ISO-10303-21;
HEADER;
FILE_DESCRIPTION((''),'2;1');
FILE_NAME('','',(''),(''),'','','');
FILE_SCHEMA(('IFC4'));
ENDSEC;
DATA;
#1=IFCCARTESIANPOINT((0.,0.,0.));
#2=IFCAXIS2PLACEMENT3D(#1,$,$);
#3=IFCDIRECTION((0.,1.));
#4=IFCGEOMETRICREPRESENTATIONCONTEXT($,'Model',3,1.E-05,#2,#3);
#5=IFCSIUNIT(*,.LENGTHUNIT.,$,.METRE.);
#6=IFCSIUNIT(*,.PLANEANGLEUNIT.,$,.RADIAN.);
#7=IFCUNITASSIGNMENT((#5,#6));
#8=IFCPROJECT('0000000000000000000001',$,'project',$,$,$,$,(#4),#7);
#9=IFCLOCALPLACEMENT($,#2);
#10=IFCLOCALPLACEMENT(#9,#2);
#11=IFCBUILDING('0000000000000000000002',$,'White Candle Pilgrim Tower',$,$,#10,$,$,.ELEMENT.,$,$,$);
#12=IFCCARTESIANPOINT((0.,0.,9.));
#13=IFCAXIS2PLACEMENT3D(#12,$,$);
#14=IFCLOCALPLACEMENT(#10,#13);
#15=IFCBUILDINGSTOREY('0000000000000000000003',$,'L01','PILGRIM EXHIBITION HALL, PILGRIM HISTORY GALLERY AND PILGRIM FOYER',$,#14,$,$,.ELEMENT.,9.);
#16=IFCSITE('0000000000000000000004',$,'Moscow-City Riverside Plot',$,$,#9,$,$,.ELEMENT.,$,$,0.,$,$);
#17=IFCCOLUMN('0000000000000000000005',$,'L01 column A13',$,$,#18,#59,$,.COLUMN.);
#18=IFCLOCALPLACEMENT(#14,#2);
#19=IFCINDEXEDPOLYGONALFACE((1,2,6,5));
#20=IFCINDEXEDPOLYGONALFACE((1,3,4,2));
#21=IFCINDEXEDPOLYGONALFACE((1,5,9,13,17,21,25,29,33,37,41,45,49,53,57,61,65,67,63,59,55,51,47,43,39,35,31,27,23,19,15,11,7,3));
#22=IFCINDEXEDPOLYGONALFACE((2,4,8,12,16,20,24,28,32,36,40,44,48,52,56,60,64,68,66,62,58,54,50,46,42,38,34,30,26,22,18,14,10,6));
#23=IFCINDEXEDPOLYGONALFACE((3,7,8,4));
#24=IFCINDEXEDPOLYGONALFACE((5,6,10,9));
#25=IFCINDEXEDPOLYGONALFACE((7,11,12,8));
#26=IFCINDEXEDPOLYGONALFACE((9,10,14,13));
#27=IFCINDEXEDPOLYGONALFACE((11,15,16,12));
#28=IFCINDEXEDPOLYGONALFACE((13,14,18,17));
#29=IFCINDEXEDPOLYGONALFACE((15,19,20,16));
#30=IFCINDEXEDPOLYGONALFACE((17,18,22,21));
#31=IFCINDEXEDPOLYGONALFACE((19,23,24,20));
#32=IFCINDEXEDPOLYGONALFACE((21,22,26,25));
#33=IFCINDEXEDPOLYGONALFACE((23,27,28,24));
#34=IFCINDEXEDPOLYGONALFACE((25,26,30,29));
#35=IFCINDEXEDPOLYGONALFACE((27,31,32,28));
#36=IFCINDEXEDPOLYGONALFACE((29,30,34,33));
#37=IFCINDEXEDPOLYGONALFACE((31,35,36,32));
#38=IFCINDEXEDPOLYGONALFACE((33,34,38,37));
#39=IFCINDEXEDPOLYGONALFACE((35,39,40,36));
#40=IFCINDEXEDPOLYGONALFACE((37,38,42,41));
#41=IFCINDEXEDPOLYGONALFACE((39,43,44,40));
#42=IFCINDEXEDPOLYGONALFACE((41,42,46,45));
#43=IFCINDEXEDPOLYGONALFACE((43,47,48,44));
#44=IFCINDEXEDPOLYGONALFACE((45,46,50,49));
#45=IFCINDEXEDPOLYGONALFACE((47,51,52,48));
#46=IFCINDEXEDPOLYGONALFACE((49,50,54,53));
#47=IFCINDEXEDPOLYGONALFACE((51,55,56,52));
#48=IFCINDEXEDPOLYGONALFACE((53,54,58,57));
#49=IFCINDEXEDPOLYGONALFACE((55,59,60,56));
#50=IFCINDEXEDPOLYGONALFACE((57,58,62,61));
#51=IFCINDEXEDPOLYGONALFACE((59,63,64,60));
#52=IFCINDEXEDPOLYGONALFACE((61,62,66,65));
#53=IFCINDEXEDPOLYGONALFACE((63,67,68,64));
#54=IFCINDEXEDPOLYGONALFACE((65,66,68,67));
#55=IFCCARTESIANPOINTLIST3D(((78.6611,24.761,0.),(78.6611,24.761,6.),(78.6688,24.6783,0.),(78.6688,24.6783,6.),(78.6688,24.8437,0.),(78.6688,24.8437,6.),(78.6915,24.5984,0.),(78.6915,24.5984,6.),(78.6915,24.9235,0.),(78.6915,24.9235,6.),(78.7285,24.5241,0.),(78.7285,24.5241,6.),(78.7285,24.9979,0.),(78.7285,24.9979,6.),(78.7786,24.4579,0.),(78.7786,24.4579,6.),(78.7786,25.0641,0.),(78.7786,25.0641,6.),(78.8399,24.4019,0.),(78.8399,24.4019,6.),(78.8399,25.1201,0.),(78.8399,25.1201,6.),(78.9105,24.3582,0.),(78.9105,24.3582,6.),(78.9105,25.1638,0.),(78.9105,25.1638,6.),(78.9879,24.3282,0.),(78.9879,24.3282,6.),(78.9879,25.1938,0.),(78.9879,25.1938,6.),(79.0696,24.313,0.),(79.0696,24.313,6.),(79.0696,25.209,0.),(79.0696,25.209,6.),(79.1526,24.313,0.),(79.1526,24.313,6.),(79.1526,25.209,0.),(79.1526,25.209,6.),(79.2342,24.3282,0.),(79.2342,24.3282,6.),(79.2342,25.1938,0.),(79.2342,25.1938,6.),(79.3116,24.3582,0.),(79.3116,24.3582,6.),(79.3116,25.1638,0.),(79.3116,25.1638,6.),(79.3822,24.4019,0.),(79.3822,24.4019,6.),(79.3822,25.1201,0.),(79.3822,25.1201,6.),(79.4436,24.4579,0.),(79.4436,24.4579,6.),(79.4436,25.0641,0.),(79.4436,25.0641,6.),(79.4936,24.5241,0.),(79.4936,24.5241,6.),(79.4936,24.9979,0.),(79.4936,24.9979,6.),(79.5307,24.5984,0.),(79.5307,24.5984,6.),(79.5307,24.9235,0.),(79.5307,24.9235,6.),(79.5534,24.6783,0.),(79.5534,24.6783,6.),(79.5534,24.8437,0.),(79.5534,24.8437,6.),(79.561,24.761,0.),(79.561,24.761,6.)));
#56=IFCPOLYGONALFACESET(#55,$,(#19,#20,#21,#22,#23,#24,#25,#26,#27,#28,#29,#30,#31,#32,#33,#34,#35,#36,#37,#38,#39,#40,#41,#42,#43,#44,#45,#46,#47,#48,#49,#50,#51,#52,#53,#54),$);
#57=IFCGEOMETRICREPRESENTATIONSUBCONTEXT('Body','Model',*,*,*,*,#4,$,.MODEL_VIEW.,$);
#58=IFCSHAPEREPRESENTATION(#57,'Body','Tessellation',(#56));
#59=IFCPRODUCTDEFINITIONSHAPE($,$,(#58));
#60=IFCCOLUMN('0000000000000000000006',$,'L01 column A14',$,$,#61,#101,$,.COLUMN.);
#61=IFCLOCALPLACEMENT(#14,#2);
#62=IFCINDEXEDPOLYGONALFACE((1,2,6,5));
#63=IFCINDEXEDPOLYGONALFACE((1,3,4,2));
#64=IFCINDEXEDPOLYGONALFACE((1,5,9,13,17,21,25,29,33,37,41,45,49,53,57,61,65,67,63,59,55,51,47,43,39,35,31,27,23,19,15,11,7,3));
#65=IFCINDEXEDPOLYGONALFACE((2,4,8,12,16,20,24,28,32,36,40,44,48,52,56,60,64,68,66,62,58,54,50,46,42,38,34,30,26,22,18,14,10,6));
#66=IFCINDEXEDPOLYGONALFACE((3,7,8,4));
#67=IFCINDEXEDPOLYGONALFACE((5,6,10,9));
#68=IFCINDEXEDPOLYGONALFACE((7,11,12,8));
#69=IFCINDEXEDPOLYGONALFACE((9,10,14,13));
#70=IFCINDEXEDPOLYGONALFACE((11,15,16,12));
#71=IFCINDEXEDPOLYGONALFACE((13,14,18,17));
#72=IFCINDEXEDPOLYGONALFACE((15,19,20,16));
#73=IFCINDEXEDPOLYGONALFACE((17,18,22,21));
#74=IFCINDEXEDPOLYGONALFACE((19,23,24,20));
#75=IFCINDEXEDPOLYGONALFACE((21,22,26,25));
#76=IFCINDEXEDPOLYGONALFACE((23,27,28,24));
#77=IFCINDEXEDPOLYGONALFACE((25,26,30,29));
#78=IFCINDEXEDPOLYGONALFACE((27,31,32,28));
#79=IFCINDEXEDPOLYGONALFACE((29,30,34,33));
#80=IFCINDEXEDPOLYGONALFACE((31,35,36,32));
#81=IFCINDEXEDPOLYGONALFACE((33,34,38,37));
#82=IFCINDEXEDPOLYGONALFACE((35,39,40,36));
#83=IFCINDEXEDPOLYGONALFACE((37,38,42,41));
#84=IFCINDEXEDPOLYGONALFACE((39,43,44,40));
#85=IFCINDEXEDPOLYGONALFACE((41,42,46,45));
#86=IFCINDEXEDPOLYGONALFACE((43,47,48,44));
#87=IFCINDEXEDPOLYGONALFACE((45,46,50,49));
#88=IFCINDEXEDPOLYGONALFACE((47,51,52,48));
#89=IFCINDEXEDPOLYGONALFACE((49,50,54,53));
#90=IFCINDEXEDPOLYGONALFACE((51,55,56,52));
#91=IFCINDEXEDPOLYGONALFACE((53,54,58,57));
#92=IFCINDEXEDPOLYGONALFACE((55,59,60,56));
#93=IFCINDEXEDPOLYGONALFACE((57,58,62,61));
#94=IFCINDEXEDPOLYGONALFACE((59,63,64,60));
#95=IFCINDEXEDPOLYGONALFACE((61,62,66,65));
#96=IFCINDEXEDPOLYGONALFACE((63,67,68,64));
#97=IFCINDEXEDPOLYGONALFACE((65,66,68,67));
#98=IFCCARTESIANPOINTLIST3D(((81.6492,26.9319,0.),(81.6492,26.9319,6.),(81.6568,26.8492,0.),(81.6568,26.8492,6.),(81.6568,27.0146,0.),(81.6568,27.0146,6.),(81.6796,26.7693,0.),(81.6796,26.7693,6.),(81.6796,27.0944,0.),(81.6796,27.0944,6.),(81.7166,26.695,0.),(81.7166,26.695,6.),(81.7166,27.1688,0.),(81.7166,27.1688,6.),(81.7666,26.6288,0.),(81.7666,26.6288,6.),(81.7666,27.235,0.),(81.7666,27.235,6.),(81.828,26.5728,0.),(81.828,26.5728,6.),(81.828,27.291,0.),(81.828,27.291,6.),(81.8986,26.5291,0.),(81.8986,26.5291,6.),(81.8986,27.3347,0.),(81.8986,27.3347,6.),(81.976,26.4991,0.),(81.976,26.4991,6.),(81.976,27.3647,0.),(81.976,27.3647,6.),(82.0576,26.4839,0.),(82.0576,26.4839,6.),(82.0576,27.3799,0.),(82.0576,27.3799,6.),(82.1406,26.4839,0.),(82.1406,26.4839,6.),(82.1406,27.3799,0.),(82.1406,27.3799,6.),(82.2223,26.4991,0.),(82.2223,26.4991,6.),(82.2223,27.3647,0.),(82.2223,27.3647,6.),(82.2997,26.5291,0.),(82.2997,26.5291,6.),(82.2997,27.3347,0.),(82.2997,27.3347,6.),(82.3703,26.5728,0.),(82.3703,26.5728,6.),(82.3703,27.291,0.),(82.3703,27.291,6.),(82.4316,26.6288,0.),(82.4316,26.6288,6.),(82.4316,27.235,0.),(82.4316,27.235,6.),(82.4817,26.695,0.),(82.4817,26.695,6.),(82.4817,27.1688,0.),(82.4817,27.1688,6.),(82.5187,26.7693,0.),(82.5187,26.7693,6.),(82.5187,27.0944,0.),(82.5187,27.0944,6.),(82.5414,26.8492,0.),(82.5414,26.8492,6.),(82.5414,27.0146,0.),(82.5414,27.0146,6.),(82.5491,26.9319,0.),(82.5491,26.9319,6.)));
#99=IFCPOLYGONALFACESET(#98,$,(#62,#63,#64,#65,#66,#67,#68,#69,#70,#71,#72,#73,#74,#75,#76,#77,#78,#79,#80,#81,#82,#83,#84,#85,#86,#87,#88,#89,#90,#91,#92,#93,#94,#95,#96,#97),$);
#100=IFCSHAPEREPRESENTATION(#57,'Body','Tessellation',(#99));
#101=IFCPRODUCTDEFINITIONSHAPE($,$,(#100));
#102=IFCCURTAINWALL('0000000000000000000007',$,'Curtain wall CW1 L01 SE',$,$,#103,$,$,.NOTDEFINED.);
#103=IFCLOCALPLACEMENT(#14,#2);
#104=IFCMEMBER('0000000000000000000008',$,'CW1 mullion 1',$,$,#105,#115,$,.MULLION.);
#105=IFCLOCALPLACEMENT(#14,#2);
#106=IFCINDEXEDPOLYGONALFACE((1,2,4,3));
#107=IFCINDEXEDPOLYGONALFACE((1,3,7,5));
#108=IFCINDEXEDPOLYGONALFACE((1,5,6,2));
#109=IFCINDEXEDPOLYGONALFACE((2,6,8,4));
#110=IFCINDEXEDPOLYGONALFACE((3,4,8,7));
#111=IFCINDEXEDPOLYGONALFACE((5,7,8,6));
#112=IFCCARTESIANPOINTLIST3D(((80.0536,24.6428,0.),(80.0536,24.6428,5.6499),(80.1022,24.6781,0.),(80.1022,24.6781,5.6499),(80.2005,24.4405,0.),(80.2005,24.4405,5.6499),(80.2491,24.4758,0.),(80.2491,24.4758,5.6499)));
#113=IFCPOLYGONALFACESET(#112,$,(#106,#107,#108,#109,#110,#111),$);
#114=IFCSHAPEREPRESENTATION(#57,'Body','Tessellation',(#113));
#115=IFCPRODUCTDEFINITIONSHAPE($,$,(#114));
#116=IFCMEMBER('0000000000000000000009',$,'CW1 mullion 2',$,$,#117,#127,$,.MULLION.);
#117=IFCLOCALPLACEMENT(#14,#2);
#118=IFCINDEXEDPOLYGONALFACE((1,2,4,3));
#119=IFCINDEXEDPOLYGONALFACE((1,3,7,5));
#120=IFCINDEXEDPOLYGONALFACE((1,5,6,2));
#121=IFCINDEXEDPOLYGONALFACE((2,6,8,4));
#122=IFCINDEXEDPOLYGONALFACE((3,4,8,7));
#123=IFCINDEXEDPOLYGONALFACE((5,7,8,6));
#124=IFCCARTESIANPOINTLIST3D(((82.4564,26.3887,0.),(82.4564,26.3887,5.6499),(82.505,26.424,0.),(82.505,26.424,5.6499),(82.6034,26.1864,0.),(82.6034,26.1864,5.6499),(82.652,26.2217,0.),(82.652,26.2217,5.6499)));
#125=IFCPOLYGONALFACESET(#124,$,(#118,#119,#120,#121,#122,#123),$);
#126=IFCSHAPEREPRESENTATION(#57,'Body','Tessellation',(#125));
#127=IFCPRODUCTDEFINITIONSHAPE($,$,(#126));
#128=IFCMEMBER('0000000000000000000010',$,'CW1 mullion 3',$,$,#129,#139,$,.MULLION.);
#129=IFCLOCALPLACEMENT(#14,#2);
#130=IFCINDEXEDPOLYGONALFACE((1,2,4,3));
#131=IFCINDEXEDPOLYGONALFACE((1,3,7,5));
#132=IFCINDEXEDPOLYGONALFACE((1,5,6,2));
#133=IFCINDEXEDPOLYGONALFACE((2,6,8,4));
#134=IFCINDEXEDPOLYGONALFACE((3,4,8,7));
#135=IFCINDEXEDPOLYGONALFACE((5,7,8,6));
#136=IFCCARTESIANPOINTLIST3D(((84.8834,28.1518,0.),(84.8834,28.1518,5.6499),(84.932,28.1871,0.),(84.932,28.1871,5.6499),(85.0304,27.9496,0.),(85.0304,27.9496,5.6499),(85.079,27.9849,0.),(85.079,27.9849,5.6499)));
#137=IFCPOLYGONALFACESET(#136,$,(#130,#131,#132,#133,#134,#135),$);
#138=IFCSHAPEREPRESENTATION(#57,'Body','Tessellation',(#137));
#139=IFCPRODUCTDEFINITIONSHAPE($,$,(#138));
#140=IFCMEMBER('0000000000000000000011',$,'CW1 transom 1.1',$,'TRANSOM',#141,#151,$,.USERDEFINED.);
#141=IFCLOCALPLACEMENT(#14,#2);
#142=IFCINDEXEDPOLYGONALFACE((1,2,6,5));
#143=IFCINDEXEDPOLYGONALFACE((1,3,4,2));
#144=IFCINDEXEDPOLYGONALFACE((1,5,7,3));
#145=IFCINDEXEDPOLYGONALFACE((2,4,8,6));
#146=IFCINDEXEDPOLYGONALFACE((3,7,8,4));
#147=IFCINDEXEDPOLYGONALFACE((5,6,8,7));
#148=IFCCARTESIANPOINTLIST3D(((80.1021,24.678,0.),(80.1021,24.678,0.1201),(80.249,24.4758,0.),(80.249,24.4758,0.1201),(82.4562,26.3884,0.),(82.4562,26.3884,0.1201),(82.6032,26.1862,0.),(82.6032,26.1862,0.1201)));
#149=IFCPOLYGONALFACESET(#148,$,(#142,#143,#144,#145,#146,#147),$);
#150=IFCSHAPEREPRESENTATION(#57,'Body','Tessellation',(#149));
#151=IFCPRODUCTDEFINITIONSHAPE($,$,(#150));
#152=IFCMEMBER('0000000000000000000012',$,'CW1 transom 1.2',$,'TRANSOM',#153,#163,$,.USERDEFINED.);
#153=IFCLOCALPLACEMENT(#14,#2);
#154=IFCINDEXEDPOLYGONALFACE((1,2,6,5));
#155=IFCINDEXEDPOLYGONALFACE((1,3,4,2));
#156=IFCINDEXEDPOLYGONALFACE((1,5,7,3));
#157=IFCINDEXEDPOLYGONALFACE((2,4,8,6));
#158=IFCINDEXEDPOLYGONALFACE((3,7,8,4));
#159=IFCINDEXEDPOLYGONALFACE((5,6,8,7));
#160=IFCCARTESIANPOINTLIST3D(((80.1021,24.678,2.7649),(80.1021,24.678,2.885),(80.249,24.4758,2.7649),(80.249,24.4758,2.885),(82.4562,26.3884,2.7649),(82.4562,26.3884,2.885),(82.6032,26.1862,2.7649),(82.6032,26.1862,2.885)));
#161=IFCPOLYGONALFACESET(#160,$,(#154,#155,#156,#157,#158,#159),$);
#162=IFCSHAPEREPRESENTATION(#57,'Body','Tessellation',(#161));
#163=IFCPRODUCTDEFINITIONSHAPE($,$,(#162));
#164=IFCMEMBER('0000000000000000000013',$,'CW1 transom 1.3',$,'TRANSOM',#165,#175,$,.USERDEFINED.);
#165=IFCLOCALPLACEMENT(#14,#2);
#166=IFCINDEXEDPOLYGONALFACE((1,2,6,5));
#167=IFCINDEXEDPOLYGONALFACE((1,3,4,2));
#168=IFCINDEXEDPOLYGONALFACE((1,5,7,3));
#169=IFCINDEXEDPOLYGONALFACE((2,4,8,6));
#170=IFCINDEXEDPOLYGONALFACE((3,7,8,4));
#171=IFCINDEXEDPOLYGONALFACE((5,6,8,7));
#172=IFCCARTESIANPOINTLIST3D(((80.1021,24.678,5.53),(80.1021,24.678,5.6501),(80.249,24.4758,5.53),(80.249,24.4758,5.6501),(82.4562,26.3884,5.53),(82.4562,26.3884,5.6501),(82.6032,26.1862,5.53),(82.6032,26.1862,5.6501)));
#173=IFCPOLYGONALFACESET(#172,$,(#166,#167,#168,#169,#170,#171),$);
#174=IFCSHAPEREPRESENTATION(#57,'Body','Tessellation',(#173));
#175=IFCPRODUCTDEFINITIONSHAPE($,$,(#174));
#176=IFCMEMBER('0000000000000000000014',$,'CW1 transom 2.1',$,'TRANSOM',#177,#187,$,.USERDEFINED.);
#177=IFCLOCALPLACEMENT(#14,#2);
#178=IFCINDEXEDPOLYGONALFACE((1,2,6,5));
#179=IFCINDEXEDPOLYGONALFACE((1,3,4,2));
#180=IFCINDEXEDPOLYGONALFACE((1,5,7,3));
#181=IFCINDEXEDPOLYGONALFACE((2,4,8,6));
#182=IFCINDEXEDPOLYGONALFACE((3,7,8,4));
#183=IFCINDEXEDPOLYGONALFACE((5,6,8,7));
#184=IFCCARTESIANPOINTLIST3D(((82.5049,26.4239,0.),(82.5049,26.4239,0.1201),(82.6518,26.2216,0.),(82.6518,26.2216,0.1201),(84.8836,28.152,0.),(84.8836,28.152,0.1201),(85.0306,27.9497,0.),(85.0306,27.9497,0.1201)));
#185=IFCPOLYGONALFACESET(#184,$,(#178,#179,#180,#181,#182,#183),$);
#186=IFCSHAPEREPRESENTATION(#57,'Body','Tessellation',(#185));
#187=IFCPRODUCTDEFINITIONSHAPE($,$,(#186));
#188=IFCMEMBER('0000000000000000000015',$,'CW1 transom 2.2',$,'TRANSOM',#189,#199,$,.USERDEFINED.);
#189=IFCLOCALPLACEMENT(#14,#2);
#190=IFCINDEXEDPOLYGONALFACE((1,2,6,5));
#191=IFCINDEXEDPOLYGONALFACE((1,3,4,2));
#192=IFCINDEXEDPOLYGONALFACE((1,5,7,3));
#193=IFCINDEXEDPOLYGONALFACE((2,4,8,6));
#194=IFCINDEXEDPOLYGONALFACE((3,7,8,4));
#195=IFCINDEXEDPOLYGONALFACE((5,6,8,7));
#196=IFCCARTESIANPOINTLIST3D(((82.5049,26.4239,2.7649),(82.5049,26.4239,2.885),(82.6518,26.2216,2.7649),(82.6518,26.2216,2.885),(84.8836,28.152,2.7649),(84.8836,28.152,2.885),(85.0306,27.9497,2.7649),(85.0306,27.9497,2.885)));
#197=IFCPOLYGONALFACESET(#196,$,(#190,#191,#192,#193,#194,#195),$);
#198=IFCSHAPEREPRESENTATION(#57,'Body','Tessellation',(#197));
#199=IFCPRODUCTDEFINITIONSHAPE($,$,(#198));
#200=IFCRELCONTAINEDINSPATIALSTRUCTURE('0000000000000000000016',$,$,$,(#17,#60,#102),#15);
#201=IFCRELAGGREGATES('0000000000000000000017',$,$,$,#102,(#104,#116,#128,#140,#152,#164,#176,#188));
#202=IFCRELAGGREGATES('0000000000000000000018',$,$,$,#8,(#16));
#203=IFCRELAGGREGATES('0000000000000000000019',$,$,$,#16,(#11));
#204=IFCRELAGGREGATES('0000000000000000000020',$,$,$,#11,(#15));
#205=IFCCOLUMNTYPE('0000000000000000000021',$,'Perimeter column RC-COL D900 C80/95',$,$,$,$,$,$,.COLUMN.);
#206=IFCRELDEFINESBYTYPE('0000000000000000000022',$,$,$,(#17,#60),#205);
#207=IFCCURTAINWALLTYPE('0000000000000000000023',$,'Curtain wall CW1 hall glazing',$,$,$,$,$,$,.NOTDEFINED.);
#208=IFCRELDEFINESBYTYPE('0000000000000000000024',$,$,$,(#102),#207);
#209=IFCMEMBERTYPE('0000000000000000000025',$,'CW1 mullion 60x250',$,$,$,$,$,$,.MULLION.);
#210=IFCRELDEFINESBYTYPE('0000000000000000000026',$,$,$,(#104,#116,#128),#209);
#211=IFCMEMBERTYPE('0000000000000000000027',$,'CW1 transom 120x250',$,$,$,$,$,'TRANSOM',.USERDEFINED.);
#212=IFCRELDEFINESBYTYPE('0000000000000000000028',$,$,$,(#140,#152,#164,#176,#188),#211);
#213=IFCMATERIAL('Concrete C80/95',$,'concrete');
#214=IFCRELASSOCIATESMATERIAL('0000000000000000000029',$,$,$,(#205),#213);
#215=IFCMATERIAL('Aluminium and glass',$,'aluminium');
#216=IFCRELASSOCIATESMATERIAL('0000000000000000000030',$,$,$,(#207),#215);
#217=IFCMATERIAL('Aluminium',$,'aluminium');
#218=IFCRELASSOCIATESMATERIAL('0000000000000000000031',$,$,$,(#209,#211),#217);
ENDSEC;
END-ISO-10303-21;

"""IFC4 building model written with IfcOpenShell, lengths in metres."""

from ifc_helpers import new_model, si_unit, direction, frame, origin, origin_2d, place, context, subcontext, project, spatial, rectangle, circle, extrude, material, material_profile, profile_set, type_object, element, aggregate, save


model = new_model("IFC4")

# Units and contexts
model_context = context("Model", 3, precision=1e-05, world=origin(), true_north=direction((0.0, 1.0)))
body_context = subcontext(model_context, "Body", "Model", "MODEL_VIEW")
ifc_project = project(units=[si_unit("LENGTHUNIT", "METRE"), si_unit("PLANEANGLEUNIT", "RADIAN")], contexts=[model_context])

# Site, building, storey
site_placement = place(None, origin())
site = spatial("IfcSite", under=ifc_project, at=site_placement, Name="Moscow-City Riverside Plot", CompositionType="ELEMENT", RefElevation=0.0)
building_placement = place(site_placement, origin())
building = spatial("IfcBuilding", under=site, at=building_placement, Name="White Candle Pilgrim Tower", CompositionType="ELEMENT")
storey_placement = place(building_placement, frame((0.0, 0.0, 9.0)))
storey = spatial("IfcBuildingStorey", under=building, at=storey_placement, Name="L01", Description="PILGRIM EXHIBITION HALL, PILGRIM HISTORY GALLERY AND PILGRIM FOYER", CompositionType="ELEMENT", Elevation=9.0)

# Columns
ifc_material_1 = material(Name="Concrete C80/95", Category="concrete")
ifc_material_profile_1 = material_profile(ifc_material_1, circle(Radius=0.45, at=origin_2d()), Name="RC-COL D900")
ifc_profile_set_1 = profile_set([ifc_material_profile_1], Name="Concrete C80/95")
column_type = type_object("IfcColumnType", Name="Perimeter column RC-COL D900 C80/95", PredefinedType="COLUMN", material=ifc_profile_set_1)
for number, where, z_axis, x_axis, name in (
    (1, (79.1111, 24.761, 0.0), (0.0, 0.0, 1.0), (1.0, 0.0, 0.0), "L01 column A13"),
    (2, (82.0991, 26.9319, 0.0), (0.0, 0.0, 1.0), (1.0, 0.0, 0.0), "L01 column A14"),
):
    element("IfcColumn", number, at=place(storey_placement, frame(where, z_axis=z_axis, x_axis=x_axis)), inside=storey, type_object=column_type, Name=name, PredefinedType="COLUMN", context=body_context, shape_type="SweptSolid", body=[
        extrude(circle(Radius=0.45, at=origin_2d()), origin(), (0.0, 0.0, 1.0), 6.0),
    ])

# Curtain wall, members
ifc_material_2 = material(Name="Aluminium and glass", Category="aluminium")
curtain_wall_type = type_object("IfcCurtainWallType", Name="Curtain wall CW1 hall glazing", PredefinedType="NOTDEFINED", material=ifc_material_2)
curtain_wall_placement = place(storey_placement, origin())
curtain_wall = element("IfcCurtainWall", 3, at=curtain_wall_placement, inside=storey, type_object=curtain_wall_type, Name="Curtain wall CW1 L01 SE", PredefinedType="NOTDEFINED")
ifc_material_3 = material(Name="Aluminium", Category="aluminium")
ifc_material_profile_2 = material_profile(ifc_material_3, rectangle(XDim=0.25, YDim=0.0601, at=origin_2d()), Name="CW1 mullion 60x250")
ifc_profile_set_2 = profile_set([ifc_material_profile_2], Name="Aluminium")
member_type_1 = type_object("IfcMemberType", Name="CW1 mullion 60x250", PredefinedType="MULLION", material=ifc_profile_set_2)
member_1_placement = place(storey_placement, frame((80.1514, 24.5593, 0.0), z_axis=(0.0, 0.0, 1.0), x_axis=(-0.587785, 0.809017, 0.0)))
member_1 = element("IfcMember", 4, at=member_1_placement, type_object=member_type_1, Name="CW1 mullion 1", PredefinedType="MULLION", context=body_context, shape_type="SweptSolid", body=[
    extrude(rectangle(XDim=0.25, YDim=0.0601, at=origin_2d()), origin(), (0.0, 0.0, 1.0), 5.6499),
])
member_2_placement = place(storey_placement, frame((82.5542, 26.3052, 0.0), z_axis=(0.0, 0.0, 1.0), x_axis=(-0.587785, 0.809017, 0.0)))
member_2 = element("IfcMember", 5, at=member_2_placement, type_object=member_type_1, Name="CW1 mullion 2", PredefinedType="MULLION", context=body_context, shape_type="SweptSolid", body=[
    extrude(rectangle(XDim=0.25, YDim=0.0601, at=origin_2d()), origin(), (0.0, 0.0, 1.0), 5.6499),
])
member_3_placement = place(storey_placement, frame((84.9812, 28.0684, 0.0), z_axis=(0.0, 0.0, 1.0), x_axis=(-0.587785, 0.809017, 0.0)))
member_3 = element("IfcMember", 6, at=member_3_placement, type_object=member_type_1, Name="CW1 mullion 3", PredefinedType="MULLION", context=body_context, shape_type="SweptSolid", body=[
    extrude(rectangle(XDim=0.25, YDim=0.0601, at=origin_2d()), origin(), (0.0, 0.0, 1.0), 5.6499),
])
ifc_material_profile_3 = material_profile(ifc_material_3, rectangle(XDim=0.25, YDim=0.1201, at=origin_2d()), Name="CW1 transom 120x250")
ifc_profile_set_3 = profile_set([ifc_material_profile_3], Name="Aluminium")
member_type_2 = type_object("IfcMemberType", Name="CW1 transom 120x250", ElementType="TRANSOM", PredefinedType="USERDEFINED", material=ifc_profile_set_3)
member_4_placement = place(storey_placement, frame((80.1755, 24.5769, 0.0601), z_axis=(0.809019, 0.587783, 0.0), x_axis=(-0.587783, 0.809019, 0.0)))
member_4 = element("IfcMember", 7, at=member_4_placement, type_object=member_type_2, Name="CW1 transom 1.1", ObjectType="TRANSOM", PredefinedType="USERDEFINED", context=body_context, shape_type="SweptSolid", body=[
    extrude(rectangle(XDim=0.25, YDim=0.1201, at=origin_2d()), origin(), (0.0, 0.0, 1.0), 2.9099),
])
member_5_placement = place(storey_placement, frame((80.1755, 24.5769, 2.825), z_axis=(0.809019, 0.587783, 0.0), x_axis=(-0.587783, 0.809019, 0.0)))
member_5 = element("IfcMember", 8, at=member_5_placement, type_object=member_type_2, Name="CW1 transom 1.2", ObjectType="TRANSOM", PredefinedType="USERDEFINED", context=body_context, shape_type="SweptSolid", body=[
    extrude(rectangle(XDim=0.25, YDim=0.1201, at=origin_2d()), origin(), (0.0, 0.0, 1.0), 2.9099),
])
member_6_placement = place(storey_placement, frame((80.1755, 24.5769, 5.5901), z_axis=(0.809019, 0.587783, 0.0), x_axis=(-0.587783, 0.809019, 0.0)))
member_6 = element("IfcMember", 9, at=member_6_placement, type_object=member_type_2, Name="CW1 transom 1.3", ObjectType="TRANSOM", PredefinedType="USERDEFINED", context=body_context, shape_type="SweptSolid", body=[
    extrude(rectangle(XDim=0.25, YDim=0.1201, at=origin_2d()), origin(), (0.0, 0.0, 1.0), 2.9099),
])
member_7_placement = place(storey_placement, frame((82.5784, 26.3228, 0.0601), z_axis=(0.809045, 0.587747, 0.0), x_axis=(-0.587747, 0.809045, 0.0)))
member_7 = element("IfcMember", 10, at=member_7_placement, type_object=member_type_2, Name="CW1 transom 2.1", ObjectType="TRANSOM", PredefinedType="USERDEFINED", context=body_context, shape_type="SweptSolid", body=[
    extrude(rectangle(XDim=0.25, YDim=0.1201, at=origin_2d()), origin(), (0.0, 0.0, 1.0), 2.9402),
])
member_8_placement = place(storey_placement, frame((82.5784, 26.3228, 2.825), z_axis=(0.809045, 0.587747, 0.0), x_axis=(-0.587747, 0.809045, 0.0)))
member_8 = element("IfcMember", 11, at=member_8_placement, type_object=member_type_2, Name="CW1 transom 2.2", ObjectType="TRANSOM", PredefinedType="USERDEFINED", context=body_context, shape_type="SweptSolid", body=[
    extrude(rectangle(XDim=0.25, YDim=0.1201, at=origin_2d()), origin(), (0.0, 0.0, 1.0), 2.9402),
])

aggregate(curtain_wall, [member_1, member_2, member_3, member_4, member_5, member_6, member_7, member_8])

save(model, "model.ifc")
